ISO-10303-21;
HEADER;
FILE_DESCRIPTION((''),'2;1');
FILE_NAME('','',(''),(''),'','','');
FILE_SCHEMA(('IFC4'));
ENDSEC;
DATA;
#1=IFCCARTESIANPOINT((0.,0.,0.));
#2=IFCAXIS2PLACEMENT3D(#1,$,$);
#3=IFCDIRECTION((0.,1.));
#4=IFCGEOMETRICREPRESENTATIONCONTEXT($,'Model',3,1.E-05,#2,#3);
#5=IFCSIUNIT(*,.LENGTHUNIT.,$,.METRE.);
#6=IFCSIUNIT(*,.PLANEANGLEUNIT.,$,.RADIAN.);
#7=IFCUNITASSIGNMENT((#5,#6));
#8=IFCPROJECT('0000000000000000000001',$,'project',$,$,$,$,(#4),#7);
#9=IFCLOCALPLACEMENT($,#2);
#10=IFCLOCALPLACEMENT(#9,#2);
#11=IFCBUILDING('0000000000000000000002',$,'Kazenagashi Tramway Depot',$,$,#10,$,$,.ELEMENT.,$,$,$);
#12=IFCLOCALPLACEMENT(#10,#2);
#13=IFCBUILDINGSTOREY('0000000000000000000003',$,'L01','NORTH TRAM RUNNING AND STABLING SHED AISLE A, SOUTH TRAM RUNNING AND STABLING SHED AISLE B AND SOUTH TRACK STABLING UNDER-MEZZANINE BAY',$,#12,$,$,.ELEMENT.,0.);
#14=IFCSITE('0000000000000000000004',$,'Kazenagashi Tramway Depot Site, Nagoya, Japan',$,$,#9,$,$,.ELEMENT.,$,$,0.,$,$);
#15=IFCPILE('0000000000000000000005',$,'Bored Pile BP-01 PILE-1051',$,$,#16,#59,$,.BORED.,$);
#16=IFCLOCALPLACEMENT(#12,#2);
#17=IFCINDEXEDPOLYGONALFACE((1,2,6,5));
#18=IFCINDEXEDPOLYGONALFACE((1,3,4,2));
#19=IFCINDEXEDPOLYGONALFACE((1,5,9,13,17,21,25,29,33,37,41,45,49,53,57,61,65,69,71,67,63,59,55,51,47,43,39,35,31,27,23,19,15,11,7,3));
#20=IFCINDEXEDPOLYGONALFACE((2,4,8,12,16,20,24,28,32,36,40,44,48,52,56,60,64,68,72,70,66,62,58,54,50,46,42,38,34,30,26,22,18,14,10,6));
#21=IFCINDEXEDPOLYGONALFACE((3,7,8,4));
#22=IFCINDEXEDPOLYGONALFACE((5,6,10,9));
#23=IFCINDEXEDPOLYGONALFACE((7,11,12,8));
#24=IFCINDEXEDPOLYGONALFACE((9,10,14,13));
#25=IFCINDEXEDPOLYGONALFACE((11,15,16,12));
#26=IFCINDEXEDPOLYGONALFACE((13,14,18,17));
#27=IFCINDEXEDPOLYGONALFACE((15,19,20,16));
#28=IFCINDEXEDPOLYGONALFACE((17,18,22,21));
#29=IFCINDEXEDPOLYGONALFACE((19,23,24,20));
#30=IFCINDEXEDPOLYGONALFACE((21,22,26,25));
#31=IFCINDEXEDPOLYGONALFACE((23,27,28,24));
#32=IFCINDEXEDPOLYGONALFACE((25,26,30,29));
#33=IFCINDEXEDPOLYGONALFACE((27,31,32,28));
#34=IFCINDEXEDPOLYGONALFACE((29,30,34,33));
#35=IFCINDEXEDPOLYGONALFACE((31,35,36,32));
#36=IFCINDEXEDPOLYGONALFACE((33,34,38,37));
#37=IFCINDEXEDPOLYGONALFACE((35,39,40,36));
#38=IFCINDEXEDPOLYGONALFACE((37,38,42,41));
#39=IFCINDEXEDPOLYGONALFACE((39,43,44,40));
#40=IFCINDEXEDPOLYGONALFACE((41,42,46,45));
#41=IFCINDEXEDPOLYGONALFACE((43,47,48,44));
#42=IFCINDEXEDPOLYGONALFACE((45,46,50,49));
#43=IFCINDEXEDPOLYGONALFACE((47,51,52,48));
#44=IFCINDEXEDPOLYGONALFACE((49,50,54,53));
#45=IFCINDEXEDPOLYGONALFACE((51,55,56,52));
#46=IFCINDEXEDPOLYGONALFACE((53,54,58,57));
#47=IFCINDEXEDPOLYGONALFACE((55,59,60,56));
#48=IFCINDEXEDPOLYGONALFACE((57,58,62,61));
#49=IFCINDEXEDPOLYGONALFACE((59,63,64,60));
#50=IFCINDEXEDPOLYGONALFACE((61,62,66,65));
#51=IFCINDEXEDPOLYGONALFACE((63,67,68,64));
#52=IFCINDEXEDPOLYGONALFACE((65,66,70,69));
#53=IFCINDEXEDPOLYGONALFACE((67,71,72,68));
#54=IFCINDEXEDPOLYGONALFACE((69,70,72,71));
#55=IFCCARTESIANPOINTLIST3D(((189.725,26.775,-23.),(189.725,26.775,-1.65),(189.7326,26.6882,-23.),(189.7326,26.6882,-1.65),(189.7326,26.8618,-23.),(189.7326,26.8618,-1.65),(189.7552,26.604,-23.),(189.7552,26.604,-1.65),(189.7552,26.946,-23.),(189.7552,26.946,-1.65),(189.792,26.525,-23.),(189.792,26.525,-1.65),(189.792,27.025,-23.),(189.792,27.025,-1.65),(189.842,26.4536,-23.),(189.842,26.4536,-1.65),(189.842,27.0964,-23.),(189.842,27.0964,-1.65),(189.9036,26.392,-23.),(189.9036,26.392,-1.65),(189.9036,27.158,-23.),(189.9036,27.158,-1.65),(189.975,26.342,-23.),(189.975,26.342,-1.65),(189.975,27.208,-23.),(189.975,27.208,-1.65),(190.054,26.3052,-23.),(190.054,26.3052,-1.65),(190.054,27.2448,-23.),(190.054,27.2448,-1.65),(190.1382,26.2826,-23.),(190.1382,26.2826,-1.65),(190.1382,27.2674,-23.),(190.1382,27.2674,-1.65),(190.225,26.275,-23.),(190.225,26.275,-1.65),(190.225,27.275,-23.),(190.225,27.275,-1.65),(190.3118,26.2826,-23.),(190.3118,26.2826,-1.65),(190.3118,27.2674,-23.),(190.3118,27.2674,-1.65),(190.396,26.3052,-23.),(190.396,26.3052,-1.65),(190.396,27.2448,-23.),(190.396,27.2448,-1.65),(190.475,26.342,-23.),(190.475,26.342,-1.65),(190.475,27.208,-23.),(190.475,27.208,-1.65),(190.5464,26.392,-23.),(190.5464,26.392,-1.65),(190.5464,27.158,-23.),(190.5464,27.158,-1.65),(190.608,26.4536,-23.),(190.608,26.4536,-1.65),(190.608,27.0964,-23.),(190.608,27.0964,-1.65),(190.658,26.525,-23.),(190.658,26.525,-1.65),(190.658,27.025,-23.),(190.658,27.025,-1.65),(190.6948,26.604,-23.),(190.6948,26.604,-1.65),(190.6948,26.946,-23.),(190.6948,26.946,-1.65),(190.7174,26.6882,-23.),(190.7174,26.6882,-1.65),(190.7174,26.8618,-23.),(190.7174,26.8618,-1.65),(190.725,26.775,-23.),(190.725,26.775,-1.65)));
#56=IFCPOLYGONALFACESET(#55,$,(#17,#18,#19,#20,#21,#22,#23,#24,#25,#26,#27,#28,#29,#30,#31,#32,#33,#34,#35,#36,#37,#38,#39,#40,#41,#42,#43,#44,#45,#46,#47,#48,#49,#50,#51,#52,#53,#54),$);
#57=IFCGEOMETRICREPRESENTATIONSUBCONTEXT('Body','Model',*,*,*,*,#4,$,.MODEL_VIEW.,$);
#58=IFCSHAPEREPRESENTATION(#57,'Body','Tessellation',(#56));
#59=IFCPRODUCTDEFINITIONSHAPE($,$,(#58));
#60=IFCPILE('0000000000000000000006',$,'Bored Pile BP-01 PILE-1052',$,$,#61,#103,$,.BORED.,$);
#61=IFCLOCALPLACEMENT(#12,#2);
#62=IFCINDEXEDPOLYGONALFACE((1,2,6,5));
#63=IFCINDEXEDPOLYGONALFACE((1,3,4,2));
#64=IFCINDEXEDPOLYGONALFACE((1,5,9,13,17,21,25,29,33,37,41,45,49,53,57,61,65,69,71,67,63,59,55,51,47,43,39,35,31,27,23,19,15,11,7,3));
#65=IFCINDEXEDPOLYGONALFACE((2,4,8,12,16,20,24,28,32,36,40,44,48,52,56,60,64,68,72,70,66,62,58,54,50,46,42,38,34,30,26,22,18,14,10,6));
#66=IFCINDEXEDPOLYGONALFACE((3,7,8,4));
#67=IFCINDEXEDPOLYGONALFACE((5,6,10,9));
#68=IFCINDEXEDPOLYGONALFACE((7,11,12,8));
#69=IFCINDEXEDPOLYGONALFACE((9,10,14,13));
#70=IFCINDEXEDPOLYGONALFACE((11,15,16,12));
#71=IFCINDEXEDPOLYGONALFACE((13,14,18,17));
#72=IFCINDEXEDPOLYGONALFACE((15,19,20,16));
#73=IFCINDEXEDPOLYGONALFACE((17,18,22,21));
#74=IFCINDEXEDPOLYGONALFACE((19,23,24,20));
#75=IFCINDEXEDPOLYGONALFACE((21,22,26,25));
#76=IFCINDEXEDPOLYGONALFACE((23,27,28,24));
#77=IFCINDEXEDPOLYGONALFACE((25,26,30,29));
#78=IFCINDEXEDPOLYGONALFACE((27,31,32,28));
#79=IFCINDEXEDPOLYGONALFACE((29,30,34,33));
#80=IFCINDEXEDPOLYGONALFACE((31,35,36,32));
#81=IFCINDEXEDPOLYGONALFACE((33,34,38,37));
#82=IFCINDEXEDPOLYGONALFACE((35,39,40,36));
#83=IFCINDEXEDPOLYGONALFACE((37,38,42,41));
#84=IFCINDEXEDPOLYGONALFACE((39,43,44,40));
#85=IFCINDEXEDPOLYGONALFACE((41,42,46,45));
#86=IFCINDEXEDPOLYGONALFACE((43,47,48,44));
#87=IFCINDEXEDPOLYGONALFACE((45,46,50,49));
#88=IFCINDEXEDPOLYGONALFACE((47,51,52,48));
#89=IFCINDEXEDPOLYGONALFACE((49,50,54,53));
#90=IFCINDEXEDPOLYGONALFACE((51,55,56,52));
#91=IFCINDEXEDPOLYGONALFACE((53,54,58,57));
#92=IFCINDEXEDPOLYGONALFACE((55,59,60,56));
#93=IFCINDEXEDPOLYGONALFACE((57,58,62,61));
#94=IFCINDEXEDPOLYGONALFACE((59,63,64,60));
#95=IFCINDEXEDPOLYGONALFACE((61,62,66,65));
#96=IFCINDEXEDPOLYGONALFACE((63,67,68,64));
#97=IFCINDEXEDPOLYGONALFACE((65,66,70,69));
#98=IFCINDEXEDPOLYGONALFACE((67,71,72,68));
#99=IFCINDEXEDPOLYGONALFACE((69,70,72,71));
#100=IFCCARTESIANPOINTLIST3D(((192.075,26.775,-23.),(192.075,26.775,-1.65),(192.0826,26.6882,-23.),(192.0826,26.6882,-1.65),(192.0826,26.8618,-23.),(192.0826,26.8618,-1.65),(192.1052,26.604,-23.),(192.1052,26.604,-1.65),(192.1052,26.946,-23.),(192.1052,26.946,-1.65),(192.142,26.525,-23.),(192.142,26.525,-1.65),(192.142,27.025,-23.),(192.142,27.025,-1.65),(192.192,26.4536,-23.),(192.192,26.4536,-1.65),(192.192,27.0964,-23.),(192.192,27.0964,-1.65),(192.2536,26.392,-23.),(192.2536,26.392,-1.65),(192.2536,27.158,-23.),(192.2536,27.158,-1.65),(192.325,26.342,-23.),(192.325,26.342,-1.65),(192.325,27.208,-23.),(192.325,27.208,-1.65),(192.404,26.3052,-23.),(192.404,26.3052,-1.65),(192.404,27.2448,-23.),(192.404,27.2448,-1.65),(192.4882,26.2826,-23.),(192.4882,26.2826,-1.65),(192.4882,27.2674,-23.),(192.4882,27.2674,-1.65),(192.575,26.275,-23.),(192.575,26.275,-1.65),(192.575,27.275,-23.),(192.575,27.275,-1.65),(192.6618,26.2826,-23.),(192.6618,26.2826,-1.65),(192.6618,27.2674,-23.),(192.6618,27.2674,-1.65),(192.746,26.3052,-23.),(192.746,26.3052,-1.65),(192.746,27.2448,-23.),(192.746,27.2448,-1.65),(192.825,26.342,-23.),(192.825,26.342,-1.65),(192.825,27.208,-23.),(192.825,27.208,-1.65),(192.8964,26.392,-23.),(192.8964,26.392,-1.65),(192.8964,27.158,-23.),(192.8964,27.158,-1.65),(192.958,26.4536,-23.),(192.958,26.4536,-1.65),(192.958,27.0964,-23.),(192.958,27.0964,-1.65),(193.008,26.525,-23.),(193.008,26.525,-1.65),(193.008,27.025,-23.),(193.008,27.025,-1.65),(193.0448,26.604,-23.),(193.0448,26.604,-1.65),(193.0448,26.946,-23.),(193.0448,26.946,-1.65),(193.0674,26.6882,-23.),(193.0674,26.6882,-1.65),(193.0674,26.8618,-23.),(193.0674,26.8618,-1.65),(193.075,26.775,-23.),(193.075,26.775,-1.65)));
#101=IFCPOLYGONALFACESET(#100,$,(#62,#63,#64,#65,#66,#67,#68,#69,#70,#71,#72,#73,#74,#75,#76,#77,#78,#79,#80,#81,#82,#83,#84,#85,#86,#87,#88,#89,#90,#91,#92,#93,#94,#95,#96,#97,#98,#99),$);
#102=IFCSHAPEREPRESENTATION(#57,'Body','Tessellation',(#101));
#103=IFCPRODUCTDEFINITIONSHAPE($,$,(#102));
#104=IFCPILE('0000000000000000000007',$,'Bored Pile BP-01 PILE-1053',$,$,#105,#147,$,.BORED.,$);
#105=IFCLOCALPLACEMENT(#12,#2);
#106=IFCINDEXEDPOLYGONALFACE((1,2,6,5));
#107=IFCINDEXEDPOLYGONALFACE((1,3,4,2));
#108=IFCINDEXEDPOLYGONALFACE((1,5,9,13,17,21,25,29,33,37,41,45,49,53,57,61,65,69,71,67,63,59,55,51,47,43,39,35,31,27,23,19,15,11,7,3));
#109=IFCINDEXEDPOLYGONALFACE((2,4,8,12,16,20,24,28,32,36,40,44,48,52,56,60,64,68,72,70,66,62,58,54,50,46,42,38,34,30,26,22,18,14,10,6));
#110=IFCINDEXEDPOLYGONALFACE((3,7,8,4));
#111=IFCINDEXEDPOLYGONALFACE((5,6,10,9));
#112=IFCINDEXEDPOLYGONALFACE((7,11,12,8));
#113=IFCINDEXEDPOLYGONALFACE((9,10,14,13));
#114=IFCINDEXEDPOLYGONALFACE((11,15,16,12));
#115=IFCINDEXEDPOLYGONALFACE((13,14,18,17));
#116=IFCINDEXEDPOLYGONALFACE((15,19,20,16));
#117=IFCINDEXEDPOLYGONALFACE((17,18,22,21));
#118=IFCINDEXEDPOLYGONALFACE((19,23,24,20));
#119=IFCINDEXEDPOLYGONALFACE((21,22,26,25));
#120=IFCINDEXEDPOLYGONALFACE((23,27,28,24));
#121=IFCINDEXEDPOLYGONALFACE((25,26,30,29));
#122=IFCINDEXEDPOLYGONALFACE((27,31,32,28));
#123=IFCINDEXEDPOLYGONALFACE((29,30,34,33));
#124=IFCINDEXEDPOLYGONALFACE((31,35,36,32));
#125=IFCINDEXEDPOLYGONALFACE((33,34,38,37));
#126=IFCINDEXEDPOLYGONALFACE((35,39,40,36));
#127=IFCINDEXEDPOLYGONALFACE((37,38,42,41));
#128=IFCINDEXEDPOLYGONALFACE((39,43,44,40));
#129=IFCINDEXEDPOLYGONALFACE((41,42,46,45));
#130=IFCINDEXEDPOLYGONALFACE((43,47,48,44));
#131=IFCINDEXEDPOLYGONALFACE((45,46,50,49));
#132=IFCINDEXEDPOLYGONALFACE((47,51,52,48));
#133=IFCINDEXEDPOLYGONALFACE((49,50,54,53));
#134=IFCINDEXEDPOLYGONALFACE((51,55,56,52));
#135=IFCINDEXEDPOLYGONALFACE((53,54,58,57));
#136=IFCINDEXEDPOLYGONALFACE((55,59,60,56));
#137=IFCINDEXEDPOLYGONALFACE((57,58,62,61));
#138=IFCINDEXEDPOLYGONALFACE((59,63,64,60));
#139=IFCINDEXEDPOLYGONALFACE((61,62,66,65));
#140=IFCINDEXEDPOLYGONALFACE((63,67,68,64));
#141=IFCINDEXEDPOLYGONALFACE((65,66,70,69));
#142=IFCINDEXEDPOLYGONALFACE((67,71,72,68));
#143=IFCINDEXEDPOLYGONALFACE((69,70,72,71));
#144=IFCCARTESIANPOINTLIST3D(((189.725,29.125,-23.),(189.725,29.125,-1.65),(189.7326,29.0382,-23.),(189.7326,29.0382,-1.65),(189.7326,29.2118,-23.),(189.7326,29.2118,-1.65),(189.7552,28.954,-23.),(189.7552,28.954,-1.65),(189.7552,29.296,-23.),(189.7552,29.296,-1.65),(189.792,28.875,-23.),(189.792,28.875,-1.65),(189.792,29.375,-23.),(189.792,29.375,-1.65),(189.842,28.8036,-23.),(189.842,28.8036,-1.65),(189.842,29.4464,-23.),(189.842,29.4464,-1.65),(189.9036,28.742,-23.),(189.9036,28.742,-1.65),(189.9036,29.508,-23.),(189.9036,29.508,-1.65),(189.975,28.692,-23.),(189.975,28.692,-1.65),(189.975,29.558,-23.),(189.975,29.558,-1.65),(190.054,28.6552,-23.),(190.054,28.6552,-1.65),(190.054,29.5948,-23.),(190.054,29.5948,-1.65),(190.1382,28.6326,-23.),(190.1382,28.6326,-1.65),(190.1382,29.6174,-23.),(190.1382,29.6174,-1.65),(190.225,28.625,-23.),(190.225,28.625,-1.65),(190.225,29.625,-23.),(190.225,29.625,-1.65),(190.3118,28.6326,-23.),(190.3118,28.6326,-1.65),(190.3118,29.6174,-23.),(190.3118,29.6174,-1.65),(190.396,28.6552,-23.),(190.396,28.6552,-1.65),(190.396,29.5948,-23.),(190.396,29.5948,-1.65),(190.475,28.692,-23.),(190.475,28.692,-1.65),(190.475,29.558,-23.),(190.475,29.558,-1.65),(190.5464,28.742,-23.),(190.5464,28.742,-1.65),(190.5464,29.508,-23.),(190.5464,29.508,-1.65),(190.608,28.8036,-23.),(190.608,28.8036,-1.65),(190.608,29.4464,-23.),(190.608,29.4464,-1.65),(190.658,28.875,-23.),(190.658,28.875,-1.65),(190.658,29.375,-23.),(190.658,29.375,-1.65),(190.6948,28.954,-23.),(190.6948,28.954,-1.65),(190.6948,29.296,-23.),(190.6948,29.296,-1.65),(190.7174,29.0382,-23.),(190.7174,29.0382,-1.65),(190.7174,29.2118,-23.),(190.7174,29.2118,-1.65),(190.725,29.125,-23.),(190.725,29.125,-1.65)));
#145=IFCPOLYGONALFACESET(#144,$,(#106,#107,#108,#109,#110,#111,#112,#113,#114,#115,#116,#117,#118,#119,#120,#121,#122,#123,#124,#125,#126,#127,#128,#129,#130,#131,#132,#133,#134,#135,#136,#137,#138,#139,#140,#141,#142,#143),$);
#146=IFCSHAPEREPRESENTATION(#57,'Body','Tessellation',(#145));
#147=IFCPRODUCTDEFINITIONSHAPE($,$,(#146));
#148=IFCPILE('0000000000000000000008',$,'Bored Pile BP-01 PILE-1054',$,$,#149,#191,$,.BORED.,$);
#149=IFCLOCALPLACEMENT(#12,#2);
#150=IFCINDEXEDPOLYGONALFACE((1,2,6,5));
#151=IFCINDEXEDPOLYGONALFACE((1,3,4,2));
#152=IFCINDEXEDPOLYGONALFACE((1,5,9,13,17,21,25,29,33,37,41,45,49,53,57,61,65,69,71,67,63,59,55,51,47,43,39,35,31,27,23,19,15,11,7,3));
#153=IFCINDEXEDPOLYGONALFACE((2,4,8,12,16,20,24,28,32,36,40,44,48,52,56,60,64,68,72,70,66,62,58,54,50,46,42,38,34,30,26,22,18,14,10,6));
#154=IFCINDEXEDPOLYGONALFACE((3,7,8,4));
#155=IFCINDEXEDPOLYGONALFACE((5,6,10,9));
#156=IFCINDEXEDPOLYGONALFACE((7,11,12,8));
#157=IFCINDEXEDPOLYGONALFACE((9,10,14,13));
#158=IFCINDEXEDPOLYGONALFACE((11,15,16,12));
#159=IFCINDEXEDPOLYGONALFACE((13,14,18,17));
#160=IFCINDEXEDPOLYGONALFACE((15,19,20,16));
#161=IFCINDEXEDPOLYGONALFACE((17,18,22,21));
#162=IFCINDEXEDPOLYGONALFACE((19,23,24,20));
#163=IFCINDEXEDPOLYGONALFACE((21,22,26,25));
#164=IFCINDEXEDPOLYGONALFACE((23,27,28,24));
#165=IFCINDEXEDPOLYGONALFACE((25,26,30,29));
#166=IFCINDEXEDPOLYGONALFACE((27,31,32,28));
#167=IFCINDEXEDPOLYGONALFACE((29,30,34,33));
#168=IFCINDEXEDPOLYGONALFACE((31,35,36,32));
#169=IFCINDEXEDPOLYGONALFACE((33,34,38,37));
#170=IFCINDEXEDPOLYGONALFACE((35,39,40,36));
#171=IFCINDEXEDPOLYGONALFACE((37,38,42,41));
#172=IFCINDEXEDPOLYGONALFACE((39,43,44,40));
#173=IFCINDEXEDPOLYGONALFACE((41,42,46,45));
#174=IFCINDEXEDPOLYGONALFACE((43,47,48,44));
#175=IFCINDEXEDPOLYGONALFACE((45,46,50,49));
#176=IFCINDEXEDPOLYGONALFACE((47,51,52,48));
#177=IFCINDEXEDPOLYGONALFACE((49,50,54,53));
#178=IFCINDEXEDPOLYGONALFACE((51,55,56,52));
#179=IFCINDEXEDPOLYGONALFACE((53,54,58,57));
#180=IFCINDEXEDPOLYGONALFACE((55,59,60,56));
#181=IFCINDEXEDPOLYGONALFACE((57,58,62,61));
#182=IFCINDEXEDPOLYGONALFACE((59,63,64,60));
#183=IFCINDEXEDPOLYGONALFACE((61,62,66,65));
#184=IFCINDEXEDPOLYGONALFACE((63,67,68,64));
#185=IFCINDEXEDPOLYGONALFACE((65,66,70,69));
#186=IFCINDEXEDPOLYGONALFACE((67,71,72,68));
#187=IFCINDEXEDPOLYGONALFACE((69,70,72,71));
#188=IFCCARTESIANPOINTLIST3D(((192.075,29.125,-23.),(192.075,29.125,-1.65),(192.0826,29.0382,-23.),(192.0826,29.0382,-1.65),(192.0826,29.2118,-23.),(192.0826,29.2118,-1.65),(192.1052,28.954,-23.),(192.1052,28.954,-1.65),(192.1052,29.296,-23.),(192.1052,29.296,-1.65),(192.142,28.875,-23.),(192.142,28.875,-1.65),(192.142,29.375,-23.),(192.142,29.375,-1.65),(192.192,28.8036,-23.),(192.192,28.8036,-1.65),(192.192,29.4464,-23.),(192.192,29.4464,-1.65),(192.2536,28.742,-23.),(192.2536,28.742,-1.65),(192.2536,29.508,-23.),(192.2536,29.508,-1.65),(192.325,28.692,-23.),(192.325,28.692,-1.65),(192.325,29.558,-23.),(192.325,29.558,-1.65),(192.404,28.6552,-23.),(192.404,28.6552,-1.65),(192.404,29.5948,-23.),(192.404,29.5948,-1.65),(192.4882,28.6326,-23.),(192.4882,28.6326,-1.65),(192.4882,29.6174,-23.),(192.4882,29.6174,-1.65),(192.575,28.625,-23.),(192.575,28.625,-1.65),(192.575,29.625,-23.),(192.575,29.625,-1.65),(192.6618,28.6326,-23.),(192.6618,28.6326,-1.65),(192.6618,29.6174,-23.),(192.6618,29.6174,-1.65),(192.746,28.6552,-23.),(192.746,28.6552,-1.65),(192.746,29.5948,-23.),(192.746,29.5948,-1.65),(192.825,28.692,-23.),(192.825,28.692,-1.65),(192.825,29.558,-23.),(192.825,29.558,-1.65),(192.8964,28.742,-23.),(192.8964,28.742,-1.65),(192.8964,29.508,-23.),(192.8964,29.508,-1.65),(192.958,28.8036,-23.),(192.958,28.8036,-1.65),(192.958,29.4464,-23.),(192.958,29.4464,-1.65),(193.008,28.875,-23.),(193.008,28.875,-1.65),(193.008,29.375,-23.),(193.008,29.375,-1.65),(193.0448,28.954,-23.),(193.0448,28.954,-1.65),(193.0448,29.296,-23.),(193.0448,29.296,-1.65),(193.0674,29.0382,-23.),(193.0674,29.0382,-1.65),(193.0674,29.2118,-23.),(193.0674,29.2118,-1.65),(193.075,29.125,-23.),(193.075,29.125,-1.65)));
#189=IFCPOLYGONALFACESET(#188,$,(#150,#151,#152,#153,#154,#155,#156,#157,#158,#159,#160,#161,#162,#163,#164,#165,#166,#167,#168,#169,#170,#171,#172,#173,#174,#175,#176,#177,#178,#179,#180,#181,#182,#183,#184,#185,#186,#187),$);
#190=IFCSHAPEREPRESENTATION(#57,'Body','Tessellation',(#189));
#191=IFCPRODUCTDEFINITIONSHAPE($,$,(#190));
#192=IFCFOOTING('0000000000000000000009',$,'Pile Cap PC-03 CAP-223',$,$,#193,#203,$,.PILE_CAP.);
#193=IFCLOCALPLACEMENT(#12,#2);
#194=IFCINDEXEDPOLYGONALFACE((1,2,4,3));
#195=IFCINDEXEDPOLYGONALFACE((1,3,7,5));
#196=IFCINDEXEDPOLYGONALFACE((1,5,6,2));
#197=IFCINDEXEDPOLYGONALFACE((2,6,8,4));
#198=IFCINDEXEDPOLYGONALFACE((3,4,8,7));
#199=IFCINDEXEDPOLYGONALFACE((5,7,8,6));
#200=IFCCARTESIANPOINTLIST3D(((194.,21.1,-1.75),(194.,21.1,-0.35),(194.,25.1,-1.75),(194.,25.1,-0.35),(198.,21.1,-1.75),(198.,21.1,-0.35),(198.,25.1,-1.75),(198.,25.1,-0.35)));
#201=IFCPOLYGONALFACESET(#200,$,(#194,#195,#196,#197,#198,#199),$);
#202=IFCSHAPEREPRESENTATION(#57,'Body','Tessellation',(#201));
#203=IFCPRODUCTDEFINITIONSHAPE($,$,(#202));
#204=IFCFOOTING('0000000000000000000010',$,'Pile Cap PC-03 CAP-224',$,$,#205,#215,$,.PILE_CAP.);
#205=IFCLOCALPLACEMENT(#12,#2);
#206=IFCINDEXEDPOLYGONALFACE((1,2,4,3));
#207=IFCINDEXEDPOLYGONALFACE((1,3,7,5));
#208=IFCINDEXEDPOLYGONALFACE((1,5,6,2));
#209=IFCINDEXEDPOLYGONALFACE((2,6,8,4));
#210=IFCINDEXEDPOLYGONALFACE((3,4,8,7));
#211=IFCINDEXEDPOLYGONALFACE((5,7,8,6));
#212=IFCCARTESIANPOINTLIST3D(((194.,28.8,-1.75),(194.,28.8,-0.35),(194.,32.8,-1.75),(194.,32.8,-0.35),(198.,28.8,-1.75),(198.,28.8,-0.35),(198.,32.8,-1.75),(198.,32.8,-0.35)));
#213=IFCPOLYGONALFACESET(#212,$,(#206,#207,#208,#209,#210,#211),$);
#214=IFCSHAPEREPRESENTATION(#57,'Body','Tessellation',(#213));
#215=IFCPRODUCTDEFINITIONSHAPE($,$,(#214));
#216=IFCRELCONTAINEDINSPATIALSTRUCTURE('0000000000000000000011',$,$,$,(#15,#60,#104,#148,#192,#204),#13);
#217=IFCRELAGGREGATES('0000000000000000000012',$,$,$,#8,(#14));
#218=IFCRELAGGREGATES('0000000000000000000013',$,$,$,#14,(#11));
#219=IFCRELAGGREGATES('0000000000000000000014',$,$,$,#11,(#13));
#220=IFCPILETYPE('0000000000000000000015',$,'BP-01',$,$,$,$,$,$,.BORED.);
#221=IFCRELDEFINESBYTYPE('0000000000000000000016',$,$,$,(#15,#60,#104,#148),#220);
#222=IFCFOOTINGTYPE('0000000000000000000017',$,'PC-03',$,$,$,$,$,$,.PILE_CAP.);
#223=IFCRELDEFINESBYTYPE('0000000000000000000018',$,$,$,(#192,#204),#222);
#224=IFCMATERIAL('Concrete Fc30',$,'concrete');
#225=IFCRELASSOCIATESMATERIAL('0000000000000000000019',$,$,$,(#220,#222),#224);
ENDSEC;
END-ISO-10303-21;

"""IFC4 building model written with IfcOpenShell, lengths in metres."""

from ifc_helpers import new_model, si_unit, direction, frame, origin, origin_2d, place, context, subcontext, project, spatial, rectangle, circle, extrude, material, material_profile, profile_set, type_object, element, save


model = new_model("IFC4")

# Units and contexts
model_context = context("Model", 3, precision=1e-05, world=origin(), true_north=direction((0.0, 1.0)))
body_context = subcontext(model_context, "Body", "Model", "MODEL_VIEW")
ifc_project = project(units=[si_unit("LENGTHUNIT", "METRE"), si_unit("PLANEANGLEUNIT", "RADIAN")], contexts=[model_context])

# Site, building, storey
site_placement = place(None, origin())
site = spatial("IfcSite", under=ifc_project, at=site_placement, Name="Kazenagashi Tramway Depot Site, Nagoya, Japan", CompositionType="ELEMENT", RefElevation=0.0)
building_placement = place(site_placement, origin())
building = spatial("IfcBuilding", under=site, at=building_placement, Name="Kazenagashi Tramway Depot", CompositionType="ELEMENT")
storey_placement = place(building_placement, origin())
storey = spatial("IfcBuildingStorey", under=building, at=storey_placement, Name="L01", Description="NORTH TRAM RUNNING AND STABLING SHED AISLE A, SOUTH TRAM RUNNING AND STABLING SHED AISLE B AND SOUTH TRACK STABLING UNDER-MEZZANINE BAY", CompositionType="ELEMENT", Elevation=0.0)

# Piles
ifc_material_1 = material(Name="Concrete Fc30", Category="concrete")
ifc_material_profile_1 = material_profile(ifc_material_1, circle(Radius=0.5, at=origin_2d()), Name="PILE-1000")
ifc_profile_set_1 = profile_set([ifc_material_profile_1], Name="Concrete Fc30")
pile_type = type_object("IfcPileType", Name="BP-01", PredefinedType="BORED", material=ifc_profile_set_1)
for number, where, z_axis, x_axis, name in (
    (1, (190.225, 26.775, -1.65), (0.0, 0.0, -1.0), (1.0, 0.0, 0.0), "Bored Pile BP-01 PILE-1051"),
    (2, (192.575, 26.775, -1.65), (0.0, 0.0, -1.0), (1.0, 0.0, 0.0), "Bored Pile BP-01 PILE-1052"),
    (3, (190.225, 29.125, -1.65), (0.0, 0.0, -1.0), (1.0, 0.0, 0.0), "Bored Pile BP-01 PILE-1053"),
    (4, (192.575, 29.125, -1.65), (0.0, 0.0, -1.0), (1.0, 0.0, 0.0), "Bored Pile BP-01 PILE-1054"),
):
    element("IfcPile", number, at=place(storey_placement, frame(where, z_axis=z_axis, x_axis=x_axis)), inside=storey, type_object=pile_type, Name=name, PredefinedType="BORED", context=body_context, shape_type="SweptSolid", body=[
        extrude(circle(Radius=0.5, at=origin_2d()), origin(), (0.0, 0.0, 1.0), 21.35),
    ])

# Footings
footing_type = type_object("IfcFootingType", Name="PC-03", PredefinedType="PILE_CAP", material=ifc_material_1)
for number, where, z_axis, x_axis, name in (
    (5, (196.0, 23.1, -1.75), (0.0, 0.0, 1.0), (1.0, 0.0, 0.0), "Pile Cap PC-03 CAP-223"),
    (6, (196.0, 30.8, -1.75), (0.0, 0.0, 1.0), (1.0, 0.0, 0.0), "Pile Cap PC-03 CAP-224"),
):
    element("IfcFooting", number, at=place(storey_placement, frame(where, z_axis=z_axis, x_axis=x_axis)), inside=storey, type_object=footing_type, Name=name, PredefinedType="PILE_CAP", context=body_context, shape_type="SweptSolid", body=[
        extrude(rectangle(XDim=4.0, YDim=4.0, at=origin_2d()), origin(), (0.0, 0.0, 1.0), 1.4),
    ])

save(model, "model.ifc")
